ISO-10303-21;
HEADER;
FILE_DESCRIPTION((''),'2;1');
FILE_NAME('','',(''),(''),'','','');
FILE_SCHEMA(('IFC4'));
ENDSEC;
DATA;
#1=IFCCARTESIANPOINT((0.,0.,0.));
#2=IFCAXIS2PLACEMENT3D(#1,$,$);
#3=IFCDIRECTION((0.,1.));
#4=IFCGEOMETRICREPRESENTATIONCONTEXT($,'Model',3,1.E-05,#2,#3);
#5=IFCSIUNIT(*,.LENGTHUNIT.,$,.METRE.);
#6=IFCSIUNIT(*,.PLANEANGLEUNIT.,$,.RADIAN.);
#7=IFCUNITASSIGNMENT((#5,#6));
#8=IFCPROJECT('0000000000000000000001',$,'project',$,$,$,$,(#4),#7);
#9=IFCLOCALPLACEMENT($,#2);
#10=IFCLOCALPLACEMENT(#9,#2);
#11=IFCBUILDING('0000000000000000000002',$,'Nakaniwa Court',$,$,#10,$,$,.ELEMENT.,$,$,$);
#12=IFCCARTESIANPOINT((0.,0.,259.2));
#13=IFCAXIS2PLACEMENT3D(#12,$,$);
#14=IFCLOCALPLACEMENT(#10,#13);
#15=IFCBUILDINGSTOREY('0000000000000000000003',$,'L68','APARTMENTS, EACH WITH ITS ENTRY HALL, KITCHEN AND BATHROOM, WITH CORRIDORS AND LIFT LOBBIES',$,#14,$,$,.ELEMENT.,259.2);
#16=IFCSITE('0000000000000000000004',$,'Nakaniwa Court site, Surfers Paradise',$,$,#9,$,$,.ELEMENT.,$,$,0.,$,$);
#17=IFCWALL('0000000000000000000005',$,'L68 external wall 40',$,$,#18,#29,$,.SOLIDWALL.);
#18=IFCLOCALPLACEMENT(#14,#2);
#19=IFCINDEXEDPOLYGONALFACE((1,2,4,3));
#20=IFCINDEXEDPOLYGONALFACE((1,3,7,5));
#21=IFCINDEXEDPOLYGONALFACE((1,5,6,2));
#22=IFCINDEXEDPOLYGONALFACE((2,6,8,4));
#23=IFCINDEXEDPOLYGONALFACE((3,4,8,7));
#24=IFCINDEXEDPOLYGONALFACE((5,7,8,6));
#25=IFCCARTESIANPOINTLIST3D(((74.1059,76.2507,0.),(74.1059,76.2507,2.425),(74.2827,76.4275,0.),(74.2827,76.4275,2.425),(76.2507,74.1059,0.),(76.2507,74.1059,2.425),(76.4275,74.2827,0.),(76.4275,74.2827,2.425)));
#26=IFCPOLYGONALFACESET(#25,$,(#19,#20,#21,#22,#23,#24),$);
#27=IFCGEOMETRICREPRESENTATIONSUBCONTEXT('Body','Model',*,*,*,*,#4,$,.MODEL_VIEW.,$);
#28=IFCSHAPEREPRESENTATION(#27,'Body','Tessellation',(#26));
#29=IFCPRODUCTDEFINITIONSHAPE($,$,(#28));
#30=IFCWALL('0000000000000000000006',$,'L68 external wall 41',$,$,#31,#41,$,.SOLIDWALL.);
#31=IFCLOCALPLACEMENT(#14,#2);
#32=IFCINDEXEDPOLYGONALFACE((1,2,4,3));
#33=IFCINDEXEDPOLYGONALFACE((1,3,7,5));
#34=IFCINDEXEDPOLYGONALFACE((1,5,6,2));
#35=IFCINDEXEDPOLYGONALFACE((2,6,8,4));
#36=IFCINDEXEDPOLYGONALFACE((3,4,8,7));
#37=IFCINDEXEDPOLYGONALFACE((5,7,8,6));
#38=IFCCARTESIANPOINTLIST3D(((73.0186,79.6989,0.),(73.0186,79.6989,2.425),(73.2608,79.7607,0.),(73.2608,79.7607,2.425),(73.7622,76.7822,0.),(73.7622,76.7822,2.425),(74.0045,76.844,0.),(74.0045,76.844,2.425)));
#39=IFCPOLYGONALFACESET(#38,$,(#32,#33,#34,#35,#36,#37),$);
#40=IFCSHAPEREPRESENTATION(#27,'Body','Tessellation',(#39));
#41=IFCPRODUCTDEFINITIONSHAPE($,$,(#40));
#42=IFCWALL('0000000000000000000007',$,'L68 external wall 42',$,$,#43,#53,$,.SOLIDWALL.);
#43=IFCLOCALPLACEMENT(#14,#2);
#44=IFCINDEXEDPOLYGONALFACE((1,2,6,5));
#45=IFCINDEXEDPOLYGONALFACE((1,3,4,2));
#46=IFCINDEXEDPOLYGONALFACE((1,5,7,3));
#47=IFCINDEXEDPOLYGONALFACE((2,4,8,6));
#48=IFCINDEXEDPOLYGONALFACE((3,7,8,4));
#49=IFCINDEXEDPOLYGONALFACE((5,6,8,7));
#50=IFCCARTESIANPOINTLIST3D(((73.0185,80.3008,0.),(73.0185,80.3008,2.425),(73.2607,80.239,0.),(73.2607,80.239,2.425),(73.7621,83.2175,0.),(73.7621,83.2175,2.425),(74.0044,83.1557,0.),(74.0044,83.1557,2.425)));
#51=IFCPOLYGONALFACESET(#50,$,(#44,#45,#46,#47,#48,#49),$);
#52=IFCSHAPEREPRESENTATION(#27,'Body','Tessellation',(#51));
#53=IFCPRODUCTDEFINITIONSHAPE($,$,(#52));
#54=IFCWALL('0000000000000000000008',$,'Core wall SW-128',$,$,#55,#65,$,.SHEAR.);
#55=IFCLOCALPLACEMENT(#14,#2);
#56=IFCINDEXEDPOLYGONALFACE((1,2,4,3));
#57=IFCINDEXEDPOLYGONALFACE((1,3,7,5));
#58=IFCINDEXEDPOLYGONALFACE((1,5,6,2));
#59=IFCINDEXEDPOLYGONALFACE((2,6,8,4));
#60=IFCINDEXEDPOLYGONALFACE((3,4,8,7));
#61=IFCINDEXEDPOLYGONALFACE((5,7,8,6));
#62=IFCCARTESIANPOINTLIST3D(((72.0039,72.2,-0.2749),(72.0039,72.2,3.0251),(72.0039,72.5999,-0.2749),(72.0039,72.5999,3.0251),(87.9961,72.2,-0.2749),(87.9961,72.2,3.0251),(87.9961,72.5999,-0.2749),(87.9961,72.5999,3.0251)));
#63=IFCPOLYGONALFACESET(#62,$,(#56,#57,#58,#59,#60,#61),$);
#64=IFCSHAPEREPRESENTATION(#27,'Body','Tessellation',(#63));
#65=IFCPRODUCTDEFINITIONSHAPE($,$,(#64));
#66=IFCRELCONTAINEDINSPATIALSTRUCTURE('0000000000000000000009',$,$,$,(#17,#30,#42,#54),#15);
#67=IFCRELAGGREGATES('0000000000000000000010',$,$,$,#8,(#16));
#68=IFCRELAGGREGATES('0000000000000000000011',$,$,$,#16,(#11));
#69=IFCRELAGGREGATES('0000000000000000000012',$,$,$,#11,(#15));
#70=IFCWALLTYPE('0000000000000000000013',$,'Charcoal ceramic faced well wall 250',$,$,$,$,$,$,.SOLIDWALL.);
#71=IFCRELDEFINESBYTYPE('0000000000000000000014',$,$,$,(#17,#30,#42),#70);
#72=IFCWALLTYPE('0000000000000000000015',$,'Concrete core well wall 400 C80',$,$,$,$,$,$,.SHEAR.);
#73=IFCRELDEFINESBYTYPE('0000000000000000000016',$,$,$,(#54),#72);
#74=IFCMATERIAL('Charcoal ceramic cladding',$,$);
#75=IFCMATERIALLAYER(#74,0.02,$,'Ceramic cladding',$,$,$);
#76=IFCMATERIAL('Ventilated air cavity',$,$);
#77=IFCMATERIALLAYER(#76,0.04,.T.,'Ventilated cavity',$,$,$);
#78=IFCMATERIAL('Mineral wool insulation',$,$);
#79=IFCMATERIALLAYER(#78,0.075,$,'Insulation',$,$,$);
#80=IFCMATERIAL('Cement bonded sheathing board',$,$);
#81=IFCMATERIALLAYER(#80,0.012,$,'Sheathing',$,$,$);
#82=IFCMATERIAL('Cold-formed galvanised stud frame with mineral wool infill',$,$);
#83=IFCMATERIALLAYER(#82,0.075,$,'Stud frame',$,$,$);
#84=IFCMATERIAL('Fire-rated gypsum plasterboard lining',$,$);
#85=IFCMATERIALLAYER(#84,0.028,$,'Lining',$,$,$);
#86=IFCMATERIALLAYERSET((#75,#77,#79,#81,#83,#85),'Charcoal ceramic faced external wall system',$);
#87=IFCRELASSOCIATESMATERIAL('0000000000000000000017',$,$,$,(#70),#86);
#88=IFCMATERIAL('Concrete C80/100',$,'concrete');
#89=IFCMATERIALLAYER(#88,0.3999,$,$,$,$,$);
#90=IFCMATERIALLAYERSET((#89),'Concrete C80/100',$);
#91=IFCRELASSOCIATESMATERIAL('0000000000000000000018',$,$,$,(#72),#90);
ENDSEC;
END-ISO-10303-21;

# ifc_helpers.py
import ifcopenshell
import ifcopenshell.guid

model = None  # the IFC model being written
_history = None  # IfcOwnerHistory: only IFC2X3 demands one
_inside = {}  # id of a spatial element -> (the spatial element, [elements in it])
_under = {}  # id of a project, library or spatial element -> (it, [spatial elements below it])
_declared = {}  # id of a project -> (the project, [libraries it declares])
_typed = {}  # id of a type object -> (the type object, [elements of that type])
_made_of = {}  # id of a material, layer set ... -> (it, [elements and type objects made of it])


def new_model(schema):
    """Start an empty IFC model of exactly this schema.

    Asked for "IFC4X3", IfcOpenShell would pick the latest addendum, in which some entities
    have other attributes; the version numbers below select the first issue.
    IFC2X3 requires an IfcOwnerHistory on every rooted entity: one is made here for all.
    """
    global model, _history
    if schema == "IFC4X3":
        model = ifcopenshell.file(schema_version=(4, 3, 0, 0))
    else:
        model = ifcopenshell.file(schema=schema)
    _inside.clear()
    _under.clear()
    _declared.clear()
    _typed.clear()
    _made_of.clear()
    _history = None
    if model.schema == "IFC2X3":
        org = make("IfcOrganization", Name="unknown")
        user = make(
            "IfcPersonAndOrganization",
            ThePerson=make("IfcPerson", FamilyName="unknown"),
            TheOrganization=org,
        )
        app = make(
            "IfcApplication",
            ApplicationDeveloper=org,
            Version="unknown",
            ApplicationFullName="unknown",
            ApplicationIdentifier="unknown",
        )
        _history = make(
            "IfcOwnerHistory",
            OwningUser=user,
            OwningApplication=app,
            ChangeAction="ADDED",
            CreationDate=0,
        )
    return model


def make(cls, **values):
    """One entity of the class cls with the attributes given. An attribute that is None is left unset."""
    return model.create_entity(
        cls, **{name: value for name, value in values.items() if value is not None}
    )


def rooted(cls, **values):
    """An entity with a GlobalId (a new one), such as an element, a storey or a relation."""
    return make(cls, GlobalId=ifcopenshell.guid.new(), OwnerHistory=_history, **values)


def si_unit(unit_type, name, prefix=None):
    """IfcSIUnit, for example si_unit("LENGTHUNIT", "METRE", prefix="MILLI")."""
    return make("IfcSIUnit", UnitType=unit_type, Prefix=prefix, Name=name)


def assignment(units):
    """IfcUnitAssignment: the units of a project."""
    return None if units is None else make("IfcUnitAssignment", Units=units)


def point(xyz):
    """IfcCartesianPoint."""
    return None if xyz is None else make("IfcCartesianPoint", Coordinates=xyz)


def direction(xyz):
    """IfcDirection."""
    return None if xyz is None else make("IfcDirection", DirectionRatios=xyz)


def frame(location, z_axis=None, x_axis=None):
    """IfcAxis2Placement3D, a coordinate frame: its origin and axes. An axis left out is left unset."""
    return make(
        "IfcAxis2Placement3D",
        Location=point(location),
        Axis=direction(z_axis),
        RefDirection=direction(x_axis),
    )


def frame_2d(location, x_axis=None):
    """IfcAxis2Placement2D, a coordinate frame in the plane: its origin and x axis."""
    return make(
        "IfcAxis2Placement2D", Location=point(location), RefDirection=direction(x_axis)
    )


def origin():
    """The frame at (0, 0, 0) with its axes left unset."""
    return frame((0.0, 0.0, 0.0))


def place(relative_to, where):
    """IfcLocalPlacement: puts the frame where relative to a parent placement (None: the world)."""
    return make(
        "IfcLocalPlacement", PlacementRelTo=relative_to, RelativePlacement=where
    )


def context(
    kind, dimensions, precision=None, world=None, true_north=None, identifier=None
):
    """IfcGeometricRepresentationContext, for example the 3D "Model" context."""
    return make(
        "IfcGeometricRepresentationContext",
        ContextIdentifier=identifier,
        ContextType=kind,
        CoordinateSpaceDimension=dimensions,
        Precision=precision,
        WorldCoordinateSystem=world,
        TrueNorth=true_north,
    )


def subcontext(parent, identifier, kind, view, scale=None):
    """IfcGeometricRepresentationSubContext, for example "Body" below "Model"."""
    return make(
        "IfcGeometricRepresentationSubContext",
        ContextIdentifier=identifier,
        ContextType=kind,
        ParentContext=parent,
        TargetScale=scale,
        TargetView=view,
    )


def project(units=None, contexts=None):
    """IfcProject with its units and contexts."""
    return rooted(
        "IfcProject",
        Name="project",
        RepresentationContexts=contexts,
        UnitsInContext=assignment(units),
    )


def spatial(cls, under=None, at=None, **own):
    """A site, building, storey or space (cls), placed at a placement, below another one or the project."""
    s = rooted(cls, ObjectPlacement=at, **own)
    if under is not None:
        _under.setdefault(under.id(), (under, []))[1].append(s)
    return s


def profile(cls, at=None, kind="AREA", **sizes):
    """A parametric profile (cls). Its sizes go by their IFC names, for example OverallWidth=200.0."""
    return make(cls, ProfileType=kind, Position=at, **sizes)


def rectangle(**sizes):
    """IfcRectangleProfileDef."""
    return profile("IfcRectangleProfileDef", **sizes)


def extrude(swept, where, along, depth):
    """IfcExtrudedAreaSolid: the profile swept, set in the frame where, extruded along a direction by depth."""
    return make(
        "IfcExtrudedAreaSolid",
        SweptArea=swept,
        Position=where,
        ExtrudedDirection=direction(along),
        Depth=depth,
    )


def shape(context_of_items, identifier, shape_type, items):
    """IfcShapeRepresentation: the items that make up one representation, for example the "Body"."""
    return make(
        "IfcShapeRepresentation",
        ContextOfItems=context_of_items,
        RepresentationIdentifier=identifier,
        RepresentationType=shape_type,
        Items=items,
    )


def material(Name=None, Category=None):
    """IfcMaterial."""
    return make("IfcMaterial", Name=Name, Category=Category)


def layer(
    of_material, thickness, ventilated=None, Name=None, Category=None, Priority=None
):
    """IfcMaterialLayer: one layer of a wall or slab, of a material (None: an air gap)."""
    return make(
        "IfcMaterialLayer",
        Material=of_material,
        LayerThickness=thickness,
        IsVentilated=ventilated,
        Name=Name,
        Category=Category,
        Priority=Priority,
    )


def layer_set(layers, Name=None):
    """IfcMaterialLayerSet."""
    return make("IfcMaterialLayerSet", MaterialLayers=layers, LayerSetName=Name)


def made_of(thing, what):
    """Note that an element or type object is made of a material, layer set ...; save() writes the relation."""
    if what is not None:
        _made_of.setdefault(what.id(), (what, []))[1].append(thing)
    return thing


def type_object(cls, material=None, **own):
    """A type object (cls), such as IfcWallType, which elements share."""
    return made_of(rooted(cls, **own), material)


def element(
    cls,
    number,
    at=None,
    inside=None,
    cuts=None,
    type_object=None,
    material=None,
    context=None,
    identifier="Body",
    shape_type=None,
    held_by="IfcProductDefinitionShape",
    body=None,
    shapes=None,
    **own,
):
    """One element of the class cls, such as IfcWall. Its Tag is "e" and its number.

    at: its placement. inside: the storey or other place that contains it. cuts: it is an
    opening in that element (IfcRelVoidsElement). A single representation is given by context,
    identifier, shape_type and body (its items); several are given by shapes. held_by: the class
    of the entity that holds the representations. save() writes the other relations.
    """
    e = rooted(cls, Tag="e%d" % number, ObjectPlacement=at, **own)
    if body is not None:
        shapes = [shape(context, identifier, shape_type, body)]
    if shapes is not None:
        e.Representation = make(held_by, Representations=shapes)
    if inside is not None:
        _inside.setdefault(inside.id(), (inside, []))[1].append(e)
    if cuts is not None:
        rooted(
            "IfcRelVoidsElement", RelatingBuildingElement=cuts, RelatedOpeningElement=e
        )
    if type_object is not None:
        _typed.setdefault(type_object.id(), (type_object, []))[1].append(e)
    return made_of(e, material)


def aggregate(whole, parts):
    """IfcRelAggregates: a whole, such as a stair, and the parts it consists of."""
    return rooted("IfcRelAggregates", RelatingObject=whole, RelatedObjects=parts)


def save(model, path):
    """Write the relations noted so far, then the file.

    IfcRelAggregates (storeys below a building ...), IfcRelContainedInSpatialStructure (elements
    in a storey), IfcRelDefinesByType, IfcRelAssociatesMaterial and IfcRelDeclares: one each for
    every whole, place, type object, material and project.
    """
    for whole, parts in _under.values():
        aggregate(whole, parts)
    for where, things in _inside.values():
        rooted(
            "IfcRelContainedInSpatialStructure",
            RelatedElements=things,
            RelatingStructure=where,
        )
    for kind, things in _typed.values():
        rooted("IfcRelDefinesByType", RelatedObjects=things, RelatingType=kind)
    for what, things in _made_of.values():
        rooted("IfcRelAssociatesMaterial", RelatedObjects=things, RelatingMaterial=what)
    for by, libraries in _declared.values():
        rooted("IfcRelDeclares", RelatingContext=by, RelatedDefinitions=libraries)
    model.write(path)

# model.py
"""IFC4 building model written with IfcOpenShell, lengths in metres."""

from ifc_helpers import new_model, si_unit, direction, frame, frame_2d, origin, place, context, subcontext, project, spatial, rectangle, extrude, material, layer, layer_set, type_object, element, save


model = new_model("IFC4")

# Units and contexts
model_context = context("Model", 3, precision=1e-05, world=origin(), true_north=direction((0.0, 1.0)))
body_context = subcontext(model_context, "Body", "Model", "MODEL_VIEW")
ifc_project = project(units=[si_unit("LENGTHUNIT", "METRE"), si_unit("PLANEANGLEUNIT", "RADIAN")], contexts=[model_context])

# Site, building, storey
site_placement = place(None, origin())
site = spatial("IfcSite", under=ifc_project, at=site_placement, Name="Nakaniwa Court site, Surfers Paradise", CompositionType="ELEMENT", RefElevation=0.0)
building_placement = place(site_placement, origin())
building = spatial("IfcBuilding", under=site, at=building_placement, Name="Nakaniwa Court", CompositionType="ELEMENT")
storey_placement = place(building_placement, frame((0.0, 0.0, 259.2)))
storey = spatial("IfcBuildingStorey", under=building, at=storey_placement, Name="L68", Description="APARTMENTS, EACH WITH ITS ENTRY HALL, KITCHEN AND BATHROOM, WITH CORRIDORS AND LIFT LOBBIES", CompositionType="ELEMENT", Elevation=259.2)

# Shared definitions
ifc_material_1 = material(Name="Concrete C80/100", Category="concrete")

# Walls
ifc_material_2 = material(Name="Charcoal ceramic cladding")
ifc_layer_1 = layer(ifc_material_2, 0.02, Name="Ceramic cladding")
ifc_material_3 = material(Name="Ventilated air cavity")
ifc_layer_2 = layer(ifc_material_3, 0.04, ventilated=True, Name="Ventilated cavity")
ifc_material_4 = material(Name="Mineral wool insulation")
ifc_layer_3 = layer(ifc_material_4, 0.075, Name="Insulation")
ifc_material_5 = material(Name="Cement bonded sheathing board")
ifc_layer_4 = layer(ifc_material_5, 0.012, Name="Sheathing")
ifc_material_6 = material(Name="Cold-formed galvanised stud frame with mineral wool infill")
ifc_layer_5 = layer(ifc_material_6, 0.075, Name="Stud frame")
ifc_material_7 = material(Name="Fire-rated gypsum plasterboard lining")
ifc_layer_6 = layer(ifc_material_7, 0.028, Name="Lining")
ifc_layer_set_1 = layer_set([ifc_layer_1, ifc_layer_2, ifc_layer_3, ifc_layer_4, ifc_layer_5, ifc_layer_6], Name="Charcoal ceramic faced external wall system")
wall_type_1 = type_object("IfcWallType", Name="Charcoal ceramic faced well wall 250", PredefinedType="SOLIDWALL", material=ifc_layer_set_1)
wall_1_placement = place(storey_placement, frame((76.3391, 74.1943, 0.0), z_axis=(0.0, 0.0, 1.0), x_axis=(-0.707107, 0.707107, 0.0)))
element("IfcWall", 1, at=wall_1_placement, inside=storey, type_object=wall_type_1, Name="L68 external wall 40", PredefinedType="SOLIDWALL", context=body_context, shape_type="SweptSolid", body=[
    extrude(rectangle(XDim=3.0332, YDim=0.25, at=frame_2d((1.5166, 0.0))), origin(), (0.0, 0.0, 1.0), 2.425),
])
for number, where, z_axis, x_axis, name in (
    (2, (73.8833, 76.8132, 0.0), (0.0, 0.0, 1.0), (-0.247056, 0.969001, 0.0), "L68 external wall 41"),
    (3, (73.1396, 80.27, 0.0), (0.0, 0.0, 1.0), (0.247056, 0.969001, 0.0), "L68 external wall 42"),
):
    element("IfcWall", number, at=place(storey_placement, frame(where, z_axis=z_axis, x_axis=x_axis)), inside=storey, type_object=wall_type_1, Name=name, PredefinedType="SOLIDWALL", context=body_context, shape_type="SweptSolid", body=[
        extrude(rectangle(XDim=3.01, YDim=0.25, at=frame_2d((1.5049, 0.0))), origin(), (0.0, 0.0, 1.0), 2.425),
    ])
ifc_layer_7 = layer(ifc_material_1, 0.3999)
ifc_layer_set_2 = layer_set([ifc_layer_7], Name="Concrete C80/100")
wall_type_2 = type_object("IfcWallType", Name="Concrete core well wall 400 C80", PredefinedType="SHEAR", material=ifc_layer_set_2)
wall_2_placement = place(storey_placement, frame((72.0039, 72.3999, -0.2749), z_axis=(0.0, 0.0, 1.0), x_axis=(1.0, 0.0, 0.0)))
element("IfcWall", 4, at=wall_2_placement, inside=storey, type_object=wall_type_2, Name="Core wall SW-128", PredefinedType="SHEAR", context=body_context, shape_type="SweptSolid", body=[
    extrude(rectangle(XDim=15.9922, YDim=0.3999, at=frame_2d((7.9961, 0.0))), origin(), (0.0, 0.0, 1.0), 3.3),
])

save(model, "model.ifc")
